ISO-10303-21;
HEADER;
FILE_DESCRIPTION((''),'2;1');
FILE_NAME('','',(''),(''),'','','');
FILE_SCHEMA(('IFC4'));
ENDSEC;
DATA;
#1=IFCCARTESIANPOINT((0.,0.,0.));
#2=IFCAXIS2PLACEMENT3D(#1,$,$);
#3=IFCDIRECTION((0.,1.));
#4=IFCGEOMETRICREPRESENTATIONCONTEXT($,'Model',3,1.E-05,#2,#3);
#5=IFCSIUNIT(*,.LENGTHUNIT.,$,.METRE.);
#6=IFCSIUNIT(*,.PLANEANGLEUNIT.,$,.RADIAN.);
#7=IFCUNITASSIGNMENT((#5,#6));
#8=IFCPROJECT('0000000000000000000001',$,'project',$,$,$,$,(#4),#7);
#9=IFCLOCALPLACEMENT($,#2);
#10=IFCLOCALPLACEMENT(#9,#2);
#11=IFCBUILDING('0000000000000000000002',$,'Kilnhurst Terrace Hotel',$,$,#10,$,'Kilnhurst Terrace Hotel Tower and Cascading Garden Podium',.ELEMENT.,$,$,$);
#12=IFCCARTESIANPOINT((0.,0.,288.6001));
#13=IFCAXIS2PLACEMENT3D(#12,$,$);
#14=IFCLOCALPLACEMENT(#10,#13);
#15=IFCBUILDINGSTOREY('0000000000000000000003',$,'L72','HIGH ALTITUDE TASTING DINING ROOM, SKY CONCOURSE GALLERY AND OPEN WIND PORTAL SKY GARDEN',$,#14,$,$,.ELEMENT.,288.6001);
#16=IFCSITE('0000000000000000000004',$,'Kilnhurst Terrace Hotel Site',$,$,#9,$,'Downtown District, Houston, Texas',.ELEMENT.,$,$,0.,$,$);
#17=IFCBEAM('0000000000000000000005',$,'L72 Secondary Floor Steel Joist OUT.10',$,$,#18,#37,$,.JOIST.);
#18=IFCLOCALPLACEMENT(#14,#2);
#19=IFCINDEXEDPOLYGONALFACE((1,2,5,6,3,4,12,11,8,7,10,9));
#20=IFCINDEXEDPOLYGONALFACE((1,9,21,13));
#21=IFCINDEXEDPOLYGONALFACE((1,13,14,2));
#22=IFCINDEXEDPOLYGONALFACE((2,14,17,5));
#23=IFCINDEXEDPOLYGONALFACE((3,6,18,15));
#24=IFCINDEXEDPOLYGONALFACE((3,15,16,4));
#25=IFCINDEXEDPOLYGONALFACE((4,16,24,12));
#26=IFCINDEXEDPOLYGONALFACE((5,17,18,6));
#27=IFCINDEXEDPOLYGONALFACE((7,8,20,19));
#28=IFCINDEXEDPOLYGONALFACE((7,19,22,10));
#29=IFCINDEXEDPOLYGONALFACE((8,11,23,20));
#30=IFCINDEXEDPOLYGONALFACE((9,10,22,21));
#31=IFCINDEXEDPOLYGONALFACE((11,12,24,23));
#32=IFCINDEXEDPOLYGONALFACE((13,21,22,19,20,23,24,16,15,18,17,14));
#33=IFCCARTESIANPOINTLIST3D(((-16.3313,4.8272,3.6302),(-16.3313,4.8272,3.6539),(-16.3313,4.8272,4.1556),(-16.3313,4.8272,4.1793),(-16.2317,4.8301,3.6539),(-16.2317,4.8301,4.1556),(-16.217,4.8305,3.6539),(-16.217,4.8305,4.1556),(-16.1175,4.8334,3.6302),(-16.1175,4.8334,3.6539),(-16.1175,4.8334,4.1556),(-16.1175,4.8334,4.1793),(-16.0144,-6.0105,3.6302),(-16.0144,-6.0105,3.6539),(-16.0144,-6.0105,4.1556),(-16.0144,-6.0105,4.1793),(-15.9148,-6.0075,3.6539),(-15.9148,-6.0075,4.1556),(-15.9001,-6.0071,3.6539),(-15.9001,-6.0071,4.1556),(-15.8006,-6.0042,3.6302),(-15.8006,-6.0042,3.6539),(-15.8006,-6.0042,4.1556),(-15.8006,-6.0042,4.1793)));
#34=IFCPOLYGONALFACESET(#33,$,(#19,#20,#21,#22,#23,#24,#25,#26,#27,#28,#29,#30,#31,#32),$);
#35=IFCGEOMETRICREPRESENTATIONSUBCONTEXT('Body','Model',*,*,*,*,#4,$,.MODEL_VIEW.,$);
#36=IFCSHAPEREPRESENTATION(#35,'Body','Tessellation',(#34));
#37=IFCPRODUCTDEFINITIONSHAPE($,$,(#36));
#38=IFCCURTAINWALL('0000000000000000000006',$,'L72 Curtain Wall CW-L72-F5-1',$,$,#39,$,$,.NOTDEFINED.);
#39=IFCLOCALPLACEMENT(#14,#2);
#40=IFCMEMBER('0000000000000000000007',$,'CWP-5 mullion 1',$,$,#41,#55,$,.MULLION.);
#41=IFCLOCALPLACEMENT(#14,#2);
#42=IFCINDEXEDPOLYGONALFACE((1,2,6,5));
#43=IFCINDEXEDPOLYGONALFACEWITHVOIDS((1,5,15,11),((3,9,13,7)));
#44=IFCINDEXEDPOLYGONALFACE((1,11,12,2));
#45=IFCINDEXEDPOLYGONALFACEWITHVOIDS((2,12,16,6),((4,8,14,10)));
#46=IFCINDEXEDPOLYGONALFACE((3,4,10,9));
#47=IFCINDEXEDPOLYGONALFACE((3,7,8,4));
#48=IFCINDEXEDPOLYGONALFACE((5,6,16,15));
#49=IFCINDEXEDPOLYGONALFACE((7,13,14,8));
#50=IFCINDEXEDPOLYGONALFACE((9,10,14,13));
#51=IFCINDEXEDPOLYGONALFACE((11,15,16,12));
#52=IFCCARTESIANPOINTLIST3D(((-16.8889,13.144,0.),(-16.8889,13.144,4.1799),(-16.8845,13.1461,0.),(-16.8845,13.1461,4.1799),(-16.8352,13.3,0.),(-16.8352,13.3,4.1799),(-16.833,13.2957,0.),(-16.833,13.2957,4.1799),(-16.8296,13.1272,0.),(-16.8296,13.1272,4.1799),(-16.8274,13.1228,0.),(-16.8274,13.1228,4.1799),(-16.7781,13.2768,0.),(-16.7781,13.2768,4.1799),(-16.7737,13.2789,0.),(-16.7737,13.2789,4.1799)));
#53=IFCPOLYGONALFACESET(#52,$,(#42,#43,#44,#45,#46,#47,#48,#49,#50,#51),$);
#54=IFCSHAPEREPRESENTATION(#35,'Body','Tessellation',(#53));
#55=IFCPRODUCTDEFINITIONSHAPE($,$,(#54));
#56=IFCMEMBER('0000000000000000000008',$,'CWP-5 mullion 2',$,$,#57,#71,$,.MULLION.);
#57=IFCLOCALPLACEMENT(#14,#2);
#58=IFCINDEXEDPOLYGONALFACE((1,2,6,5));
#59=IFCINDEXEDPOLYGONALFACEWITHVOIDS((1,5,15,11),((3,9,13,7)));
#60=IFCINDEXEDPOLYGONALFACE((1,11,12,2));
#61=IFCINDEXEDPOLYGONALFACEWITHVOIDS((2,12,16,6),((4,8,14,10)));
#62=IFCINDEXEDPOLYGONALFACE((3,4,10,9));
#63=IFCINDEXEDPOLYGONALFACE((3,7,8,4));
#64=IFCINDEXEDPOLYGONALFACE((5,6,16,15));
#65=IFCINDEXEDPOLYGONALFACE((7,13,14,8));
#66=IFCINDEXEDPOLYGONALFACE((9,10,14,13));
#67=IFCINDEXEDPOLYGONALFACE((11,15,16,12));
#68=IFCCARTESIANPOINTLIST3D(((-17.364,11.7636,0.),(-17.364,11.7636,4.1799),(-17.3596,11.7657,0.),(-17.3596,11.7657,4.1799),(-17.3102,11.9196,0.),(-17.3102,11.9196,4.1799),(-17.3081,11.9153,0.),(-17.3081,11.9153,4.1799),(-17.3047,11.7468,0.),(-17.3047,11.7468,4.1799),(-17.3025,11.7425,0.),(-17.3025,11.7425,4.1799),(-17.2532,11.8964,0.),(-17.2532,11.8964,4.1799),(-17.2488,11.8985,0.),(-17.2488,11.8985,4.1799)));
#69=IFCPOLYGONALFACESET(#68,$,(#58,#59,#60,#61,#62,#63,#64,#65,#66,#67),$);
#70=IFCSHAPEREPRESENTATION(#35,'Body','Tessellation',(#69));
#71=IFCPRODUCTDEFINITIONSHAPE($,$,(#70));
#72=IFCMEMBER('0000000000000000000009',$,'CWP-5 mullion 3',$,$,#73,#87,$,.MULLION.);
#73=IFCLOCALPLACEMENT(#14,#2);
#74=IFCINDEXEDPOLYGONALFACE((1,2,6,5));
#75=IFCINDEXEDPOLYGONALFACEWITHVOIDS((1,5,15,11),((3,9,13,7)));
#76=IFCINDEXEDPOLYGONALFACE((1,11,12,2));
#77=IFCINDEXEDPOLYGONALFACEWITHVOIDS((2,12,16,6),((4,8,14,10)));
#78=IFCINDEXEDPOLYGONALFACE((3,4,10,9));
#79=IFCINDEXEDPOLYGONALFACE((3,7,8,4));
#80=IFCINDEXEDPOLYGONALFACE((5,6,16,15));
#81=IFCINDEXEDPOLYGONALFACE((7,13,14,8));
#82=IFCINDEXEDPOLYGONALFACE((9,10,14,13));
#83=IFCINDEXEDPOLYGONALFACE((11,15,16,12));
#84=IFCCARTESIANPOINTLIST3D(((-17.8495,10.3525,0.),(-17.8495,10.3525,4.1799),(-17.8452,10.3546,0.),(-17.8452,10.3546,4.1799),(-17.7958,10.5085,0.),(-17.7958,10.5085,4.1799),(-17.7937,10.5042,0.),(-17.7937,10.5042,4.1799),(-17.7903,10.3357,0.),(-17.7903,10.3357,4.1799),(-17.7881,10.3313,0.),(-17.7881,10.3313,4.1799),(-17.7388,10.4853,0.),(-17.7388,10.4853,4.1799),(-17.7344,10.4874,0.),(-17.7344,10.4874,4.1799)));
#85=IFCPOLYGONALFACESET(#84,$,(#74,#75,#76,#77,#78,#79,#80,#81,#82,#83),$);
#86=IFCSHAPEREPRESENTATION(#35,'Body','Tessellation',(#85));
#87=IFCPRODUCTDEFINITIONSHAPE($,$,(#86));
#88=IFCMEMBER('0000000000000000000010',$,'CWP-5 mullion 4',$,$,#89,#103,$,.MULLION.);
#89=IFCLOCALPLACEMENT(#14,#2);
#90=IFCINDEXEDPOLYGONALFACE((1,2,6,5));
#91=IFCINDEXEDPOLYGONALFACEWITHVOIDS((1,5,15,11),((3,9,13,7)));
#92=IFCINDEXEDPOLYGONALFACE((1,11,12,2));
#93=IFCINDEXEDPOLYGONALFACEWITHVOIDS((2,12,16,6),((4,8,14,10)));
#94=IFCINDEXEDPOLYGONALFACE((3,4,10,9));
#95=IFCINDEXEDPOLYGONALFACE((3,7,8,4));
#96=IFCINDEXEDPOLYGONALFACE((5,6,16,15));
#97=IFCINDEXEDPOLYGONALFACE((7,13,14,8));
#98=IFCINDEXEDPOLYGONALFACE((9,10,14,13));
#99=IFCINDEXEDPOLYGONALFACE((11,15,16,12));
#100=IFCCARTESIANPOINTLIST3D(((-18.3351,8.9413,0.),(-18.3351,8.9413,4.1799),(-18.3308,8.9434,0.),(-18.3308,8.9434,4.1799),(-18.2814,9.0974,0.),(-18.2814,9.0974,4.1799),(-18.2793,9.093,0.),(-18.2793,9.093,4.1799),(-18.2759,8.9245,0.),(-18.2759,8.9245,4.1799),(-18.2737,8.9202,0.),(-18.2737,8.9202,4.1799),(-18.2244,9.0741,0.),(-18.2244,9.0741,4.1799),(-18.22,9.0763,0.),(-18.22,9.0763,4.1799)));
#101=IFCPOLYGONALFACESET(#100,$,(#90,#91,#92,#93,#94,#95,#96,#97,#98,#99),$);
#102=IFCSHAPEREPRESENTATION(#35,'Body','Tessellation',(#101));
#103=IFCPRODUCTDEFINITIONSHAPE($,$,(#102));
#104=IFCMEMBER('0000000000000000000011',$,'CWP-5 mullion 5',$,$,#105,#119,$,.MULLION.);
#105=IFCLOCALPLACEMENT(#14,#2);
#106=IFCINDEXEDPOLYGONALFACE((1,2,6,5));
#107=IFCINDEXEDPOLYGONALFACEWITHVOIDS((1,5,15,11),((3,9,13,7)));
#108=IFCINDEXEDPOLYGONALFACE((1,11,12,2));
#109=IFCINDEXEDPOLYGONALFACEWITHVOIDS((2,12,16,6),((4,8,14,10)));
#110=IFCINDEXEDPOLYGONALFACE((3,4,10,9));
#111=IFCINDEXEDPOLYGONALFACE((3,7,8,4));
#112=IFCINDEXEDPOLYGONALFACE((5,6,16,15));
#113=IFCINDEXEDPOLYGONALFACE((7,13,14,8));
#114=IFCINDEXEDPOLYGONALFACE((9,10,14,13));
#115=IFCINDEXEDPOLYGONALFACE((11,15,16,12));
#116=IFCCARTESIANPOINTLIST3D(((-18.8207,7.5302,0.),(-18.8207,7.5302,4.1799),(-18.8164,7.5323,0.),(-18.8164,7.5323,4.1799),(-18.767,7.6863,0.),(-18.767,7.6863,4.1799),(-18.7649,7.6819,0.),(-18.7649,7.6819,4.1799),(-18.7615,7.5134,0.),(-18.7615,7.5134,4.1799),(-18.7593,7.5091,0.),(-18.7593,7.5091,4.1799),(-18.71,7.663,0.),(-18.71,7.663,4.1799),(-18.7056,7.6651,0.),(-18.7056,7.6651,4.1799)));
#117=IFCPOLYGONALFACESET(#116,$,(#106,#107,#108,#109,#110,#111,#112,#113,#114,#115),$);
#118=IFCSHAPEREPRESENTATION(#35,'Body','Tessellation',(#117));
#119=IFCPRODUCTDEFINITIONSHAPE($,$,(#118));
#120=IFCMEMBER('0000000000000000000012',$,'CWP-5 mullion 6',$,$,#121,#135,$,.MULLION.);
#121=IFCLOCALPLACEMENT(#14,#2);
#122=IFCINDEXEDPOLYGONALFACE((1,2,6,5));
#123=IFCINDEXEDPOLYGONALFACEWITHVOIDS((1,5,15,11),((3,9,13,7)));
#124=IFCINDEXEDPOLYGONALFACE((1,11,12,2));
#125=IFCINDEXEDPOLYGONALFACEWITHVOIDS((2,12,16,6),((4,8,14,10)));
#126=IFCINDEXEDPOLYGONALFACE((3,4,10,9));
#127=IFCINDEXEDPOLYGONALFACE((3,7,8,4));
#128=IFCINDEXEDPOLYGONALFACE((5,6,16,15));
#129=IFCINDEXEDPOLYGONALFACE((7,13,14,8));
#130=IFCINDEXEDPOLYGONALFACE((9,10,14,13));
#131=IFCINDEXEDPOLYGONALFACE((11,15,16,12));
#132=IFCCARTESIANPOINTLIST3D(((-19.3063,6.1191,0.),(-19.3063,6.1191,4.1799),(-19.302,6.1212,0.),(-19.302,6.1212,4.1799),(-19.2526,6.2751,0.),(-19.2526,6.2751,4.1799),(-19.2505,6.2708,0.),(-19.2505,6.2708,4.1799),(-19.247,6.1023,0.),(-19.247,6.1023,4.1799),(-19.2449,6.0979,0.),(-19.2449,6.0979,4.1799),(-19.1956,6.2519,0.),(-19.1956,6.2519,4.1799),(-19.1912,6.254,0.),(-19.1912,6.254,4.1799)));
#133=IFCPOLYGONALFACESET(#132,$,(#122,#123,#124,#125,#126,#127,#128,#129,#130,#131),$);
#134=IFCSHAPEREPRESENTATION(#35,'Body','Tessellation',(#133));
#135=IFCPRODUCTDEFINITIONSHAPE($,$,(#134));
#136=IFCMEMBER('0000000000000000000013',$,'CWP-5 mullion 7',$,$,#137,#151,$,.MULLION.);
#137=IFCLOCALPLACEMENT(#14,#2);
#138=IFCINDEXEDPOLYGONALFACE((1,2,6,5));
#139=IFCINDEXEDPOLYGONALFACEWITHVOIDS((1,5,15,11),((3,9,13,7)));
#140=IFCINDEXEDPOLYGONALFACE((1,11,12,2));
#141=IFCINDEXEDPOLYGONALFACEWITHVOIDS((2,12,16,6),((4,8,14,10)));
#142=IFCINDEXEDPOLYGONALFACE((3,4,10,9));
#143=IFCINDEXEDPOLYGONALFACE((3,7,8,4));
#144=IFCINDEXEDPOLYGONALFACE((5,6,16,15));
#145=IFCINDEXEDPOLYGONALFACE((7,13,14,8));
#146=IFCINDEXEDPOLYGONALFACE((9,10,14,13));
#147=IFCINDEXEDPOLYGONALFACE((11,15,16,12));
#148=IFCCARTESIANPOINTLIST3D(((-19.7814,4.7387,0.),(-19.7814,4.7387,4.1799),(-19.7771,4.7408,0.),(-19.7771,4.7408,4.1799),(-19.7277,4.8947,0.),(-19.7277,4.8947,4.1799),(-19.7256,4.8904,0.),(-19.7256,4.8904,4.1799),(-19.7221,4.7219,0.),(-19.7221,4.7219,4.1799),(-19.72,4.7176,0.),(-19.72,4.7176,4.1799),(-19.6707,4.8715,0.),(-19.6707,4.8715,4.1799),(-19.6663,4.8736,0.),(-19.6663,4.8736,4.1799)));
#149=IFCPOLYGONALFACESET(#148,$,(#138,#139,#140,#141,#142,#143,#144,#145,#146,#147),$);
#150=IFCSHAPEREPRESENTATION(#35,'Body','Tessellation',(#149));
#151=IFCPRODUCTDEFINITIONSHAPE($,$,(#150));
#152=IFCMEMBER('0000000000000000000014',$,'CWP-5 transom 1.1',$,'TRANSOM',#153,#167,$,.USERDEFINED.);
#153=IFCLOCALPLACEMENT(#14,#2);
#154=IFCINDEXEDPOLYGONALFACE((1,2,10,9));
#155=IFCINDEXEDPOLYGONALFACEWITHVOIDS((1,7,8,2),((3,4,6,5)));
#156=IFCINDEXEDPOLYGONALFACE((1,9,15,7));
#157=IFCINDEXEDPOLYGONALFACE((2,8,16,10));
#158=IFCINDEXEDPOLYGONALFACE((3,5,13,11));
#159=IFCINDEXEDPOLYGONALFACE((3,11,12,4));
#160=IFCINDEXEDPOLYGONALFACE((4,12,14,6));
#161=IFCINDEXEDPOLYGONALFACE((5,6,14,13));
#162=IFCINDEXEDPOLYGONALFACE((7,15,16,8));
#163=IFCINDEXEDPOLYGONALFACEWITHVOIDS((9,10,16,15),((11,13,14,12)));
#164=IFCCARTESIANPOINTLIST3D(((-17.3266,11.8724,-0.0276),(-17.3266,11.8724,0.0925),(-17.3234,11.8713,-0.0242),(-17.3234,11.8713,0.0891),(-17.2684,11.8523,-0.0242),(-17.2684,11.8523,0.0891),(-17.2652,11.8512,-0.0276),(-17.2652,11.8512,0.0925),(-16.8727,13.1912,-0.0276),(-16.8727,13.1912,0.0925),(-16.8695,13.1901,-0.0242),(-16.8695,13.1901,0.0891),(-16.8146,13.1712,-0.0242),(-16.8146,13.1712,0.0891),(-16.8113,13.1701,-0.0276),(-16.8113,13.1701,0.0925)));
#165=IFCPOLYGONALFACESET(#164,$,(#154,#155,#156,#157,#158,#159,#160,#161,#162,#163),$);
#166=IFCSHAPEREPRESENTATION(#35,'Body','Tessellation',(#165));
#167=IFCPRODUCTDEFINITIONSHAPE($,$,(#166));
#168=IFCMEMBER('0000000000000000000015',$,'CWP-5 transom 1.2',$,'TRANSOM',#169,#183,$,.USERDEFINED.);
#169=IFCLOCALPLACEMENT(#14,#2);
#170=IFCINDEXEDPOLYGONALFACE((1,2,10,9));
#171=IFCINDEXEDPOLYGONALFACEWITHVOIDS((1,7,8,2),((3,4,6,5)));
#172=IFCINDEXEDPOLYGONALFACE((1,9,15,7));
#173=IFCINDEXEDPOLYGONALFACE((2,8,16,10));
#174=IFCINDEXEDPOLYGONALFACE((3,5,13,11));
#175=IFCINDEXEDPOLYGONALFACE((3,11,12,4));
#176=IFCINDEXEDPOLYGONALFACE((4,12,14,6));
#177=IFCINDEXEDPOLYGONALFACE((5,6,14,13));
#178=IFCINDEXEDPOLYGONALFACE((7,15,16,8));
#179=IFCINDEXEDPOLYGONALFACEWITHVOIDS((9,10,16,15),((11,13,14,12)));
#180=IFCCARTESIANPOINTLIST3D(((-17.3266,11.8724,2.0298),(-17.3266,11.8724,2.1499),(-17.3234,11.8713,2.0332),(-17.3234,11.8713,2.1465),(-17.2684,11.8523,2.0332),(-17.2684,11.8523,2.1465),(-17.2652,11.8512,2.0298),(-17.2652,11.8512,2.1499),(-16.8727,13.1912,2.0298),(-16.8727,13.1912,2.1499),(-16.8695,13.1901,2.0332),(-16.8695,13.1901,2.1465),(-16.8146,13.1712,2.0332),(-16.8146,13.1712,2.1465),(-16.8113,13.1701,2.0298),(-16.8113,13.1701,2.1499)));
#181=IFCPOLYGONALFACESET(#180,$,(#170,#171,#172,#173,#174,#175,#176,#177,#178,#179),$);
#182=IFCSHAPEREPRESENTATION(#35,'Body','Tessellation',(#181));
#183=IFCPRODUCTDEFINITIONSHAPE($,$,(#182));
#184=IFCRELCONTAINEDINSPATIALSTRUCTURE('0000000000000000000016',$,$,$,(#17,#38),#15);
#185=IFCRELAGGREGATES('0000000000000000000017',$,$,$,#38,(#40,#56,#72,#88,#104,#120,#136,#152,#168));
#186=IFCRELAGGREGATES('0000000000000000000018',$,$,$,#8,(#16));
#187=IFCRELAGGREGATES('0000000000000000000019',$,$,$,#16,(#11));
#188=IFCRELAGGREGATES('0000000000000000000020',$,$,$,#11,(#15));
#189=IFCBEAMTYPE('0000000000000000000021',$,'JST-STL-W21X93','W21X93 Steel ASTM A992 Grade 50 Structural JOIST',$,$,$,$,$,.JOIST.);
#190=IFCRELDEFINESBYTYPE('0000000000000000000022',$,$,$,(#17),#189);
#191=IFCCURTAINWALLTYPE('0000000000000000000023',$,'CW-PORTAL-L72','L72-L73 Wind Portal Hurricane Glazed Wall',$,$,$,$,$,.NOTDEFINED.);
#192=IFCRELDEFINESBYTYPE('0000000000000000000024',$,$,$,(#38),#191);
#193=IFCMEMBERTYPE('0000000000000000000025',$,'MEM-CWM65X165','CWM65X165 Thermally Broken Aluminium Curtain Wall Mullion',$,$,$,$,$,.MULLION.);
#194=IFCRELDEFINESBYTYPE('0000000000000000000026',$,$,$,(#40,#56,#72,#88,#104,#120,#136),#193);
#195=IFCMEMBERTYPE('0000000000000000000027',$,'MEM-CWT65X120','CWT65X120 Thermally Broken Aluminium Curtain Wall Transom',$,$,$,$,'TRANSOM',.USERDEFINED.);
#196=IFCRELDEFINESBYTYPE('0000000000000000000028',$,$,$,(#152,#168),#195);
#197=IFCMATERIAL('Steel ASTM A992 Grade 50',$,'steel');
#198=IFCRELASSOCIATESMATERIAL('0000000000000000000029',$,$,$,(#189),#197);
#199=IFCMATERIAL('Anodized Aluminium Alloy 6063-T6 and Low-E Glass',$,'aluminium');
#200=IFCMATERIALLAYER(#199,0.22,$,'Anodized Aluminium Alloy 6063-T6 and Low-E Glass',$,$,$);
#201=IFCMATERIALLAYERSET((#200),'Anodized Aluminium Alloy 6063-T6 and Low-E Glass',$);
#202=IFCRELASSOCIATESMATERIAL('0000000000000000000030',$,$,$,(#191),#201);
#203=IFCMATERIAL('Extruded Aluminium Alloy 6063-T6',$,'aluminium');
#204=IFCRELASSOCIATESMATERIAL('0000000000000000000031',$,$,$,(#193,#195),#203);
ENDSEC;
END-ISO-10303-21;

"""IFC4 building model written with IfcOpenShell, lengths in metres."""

from ifc_helpers import new_model, si_unit, direction, frame, origin, origin_2d, place, context, subcontext, project, spatial, hollow_rectangle, i_section, extrude, material, layer, layer_set, material_profile, profile_set, type_object, element, aggregate, save


model = new_model("IFC4")

# Units and contexts
model_context = context("Model", 3, precision=1e-05, world=origin(), true_north=direction((0.0, 1.0)))
body_context = subcontext(model_context, "Body", "Model", "MODEL_VIEW")
ifc_project = project(units=[si_unit("LENGTHUNIT", "METRE"), si_unit("PLANEANGLEUNIT", "RADIAN")], contexts=[model_context])

# Site, building, storey
site_placement = place(None, origin())
site = spatial("IfcSite", under=ifc_project, at=site_placement, Name="Kilnhurst Terrace Hotel Site", LongName="Downtown District, Houston, Texas", CompositionType="ELEMENT", RefElevation=0.0)
building_placement = place(site_placement, origin())
building = spatial("IfcBuilding", under=site, at=building_placement, Name="Kilnhurst Terrace Hotel", LongName="Kilnhurst Terrace Hotel Tower and Cascading Garden Podium", CompositionType="ELEMENT")
storey_placement = place(building_placement, frame((0.0, 0.0, 288.6001)))
storey = spatial("IfcBuildingStorey", under=building, at=storey_placement, Name="L72", Description="HIGH ALTITUDE TASTING DINING ROOM, SKY CONCOURSE GALLERY AND OPEN WIND PORTAL SKY GARDEN", CompositionType="ELEMENT", Elevation=288.6001)

# Beam
ifc_material_1 = material(Name="Steel ASTM A992 Grade 50", Category="steel")
ifc_material_profile_1 = material_profile(ifc_material_1, i_section(OverallWidth=0.2139, OverallDepth=0.5491, WebThickness=0.0146, FlangeThickness=0.0237, at=origin_2d()), Name="W21X93")
ifc_profile_set_1 = profile_set([ifc_material_profile_1], Name="Steel ASTM A992 Grade 50")
beam_type = type_object("IfcBeamType", Name="JST-STL-W21X93", Description="W21X93 Steel ASTM A992 Grade 50 Structural JOIST", PredefinedType="JOIST", material=ifc_profile_set_1)
beam_placement = place(storey_placement, frame((-16.2244, 4.8303, 3.9048), z_axis=(0.029228, -0.999573, 0.0), x_axis=(0.999573, 0.029228, 0.0)))
element("IfcBeam", 1, at=beam_placement, inside=storey, type_object=beam_type, Name="L72 Secondary Floor Steel Joist OUT.10", PredefinedType="JOIST", context=body_context, shape_type="SweptSolid", body=[
    extrude(i_section(OverallWidth=0.2139, OverallDepth=0.5491, WebThickness=0.0146, FlangeThickness=0.0237, at=origin_2d()), origin(), (0.0, 0.0, 1.0), 10.8423),
])

# Curtain wall, members
ifc_material_2 = material(Name="Anodized Aluminium Alloy 6063-T6 and Low-E Glass", Category="aluminium")
ifc_layer_1 = layer(ifc_material_2, 0.22, Name="Anodized Aluminium Alloy 6063-T6 and Low-E Glass")
ifc_layer_set_1 = layer_set([ifc_layer_1], Name="Anodized Aluminium Alloy 6063-T6 and Low-E Glass")
curtain_wall_type = type_object("IfcCurtainWallType", Name="CW-PORTAL-L72", Description="L72-L73 Wind Portal Hurricane Glazed Wall", PredefinedType="NOTDEFINED", material=ifc_layer_set_1)
curtain_wall_placement = place(storey_placement, origin())
curtain_wall = element("IfcCurtainWall", 2, at=curtain_wall_placement, inside=storey, type_object=curtain_wall_type, Name="L72 Curtain Wall CW-L72-F5-1", PredefinedType="NOTDEFINED")
ifc_material_3 = material(Name="Extruded Aluminium Alloy 6063-T6", Category="aluminium")
ifc_material_profile_2 = material_profile(ifc_material_3, hollow_rectangle(XDim=0.0649, YDim=0.165, WallThickness=0.0034, at=origin_2d()), Name="CWM65X165")
ifc_profile_set_2 = profile_set([ifc_material_profile_2], Name="Extruded Aluminium Alloy 6063-T6")
member_type_1 = type_object("IfcMemberType", Name="MEM-CWM65X165", Description="CWM65X165 Thermally Broken Aluminium Curtain Wall Mullion", PredefinedType="MULLION", material=ifc_profile_set_2)
member_1_placement = place(storey_placement, frame((-16.8313, 13.2114, 0.0), z_axis=(0.0, 0.0, 1.0), x_axis=(0.945578, -0.325397, 0.0)))
member_1 = element("IfcMember", 3, at=member_1_placement, type_object=member_type_1, Name="CWP-5 mullion 1", PredefinedType="MULLION", context=body_context, shape_type="SweptSolid", body=[
    extrude(hollow_rectangle(XDim=0.0649, YDim=0.165, WallThickness=0.0034, at=origin_2d()), origin(), (0.0, 0.0, 1.0), 4.1799),
])
member_2_placement = place(storey_placement, frame((-17.3064, 11.8311, 0.0), z_axis=(0.0, 0.0, 1.0), x_axis=(0.945578, -0.325397, 0.0)))
member_2 = element("IfcMember", 4, at=member_2_placement, type_object=member_type_1, Name="CWP-5 mullion 2", PredefinedType="MULLION", context=body_context, shape_type="SweptSolid", body=[
    extrude(hollow_rectangle(XDim=0.0649, YDim=0.165, WallThickness=0.0034, at=origin_2d()), origin(), (0.0, 0.0, 1.0), 4.1799),
])
member_3_placement = place(storey_placement, frame((-17.792, 10.4199, 0.0), z_axis=(0.0, 0.0, 1.0), x_axis=(0.945578, -0.325397, 0.0)))
member_3 = element("IfcMember", 5, at=member_3_placement, type_object=member_type_1, Name="CWP-5 mullion 3", PredefinedType="MULLION", context=body_context, shape_type="SweptSolid", body=[
    extrude(hollow_rectangle(XDim=0.0649, YDim=0.165, WallThickness=0.0034, at=origin_2d()), origin(), (0.0, 0.0, 1.0), 4.1799),
])
member_4_placement = place(storey_placement, frame((-18.2776, 9.0088, 0.0), z_axis=(0.0, 0.0, 1.0), x_axis=(0.945578, -0.325397, 0.0)))
member_4 = element("IfcMember", 6, at=member_4_placement, type_object=member_type_1, Name="CWP-5 mullion 4", PredefinedType="MULLION", context=body_context, shape_type="SweptSolid", body=[
    extrude(hollow_rectangle(XDim=0.0649, YDim=0.165, WallThickness=0.0034, at=origin_2d()), origin(), (0.0, 0.0, 1.0), 4.1799),
])
member_5_placement = place(storey_placement, frame((-18.7632, 7.5977, 0.0), z_axis=(0.0, 0.0, 1.0), x_axis=(0.945578, -0.325397, 0.0)))
member_5 = element("IfcMember", 7, at=member_5_placement, type_object=member_type_1, Name="CWP-5 mullion 5", PredefinedType="MULLION", context=body_context, shape_type="SweptSolid", body=[
    extrude(hollow_rectangle(XDim=0.0649, YDim=0.165, WallThickness=0.0034, at=origin_2d()), origin(), (0.0, 0.0, 1.0), 4.1799),
])
member_6_placement = place(storey_placement, frame((-19.2488, 6.1865, 0.0), z_axis=(0.0, 0.0, 1.0), x_axis=(0.945578, -0.325397, 0.0)))
member_6 = element("IfcMember", 8, at=member_6_placement, type_object=member_type_1, Name="CWP-5 mullion 6", PredefinedType="MULLION", context=body_context, shape_type="SweptSolid", body=[
    extrude(hollow_rectangle(XDim=0.0649, YDim=0.165, WallThickness=0.0034, at=origin_2d()), origin(), (0.0, 0.0, 1.0), 4.1799),
])
member_7_placement = place(storey_placement, frame((-19.7239, 4.8062, 0.0), z_axis=(0.0, 0.0, 1.0), x_axis=(0.945578, -0.325397, 0.0)))
member_7 = element("IfcMember", 9, at=member_7_placement, type_object=member_type_1, Name="CWP-5 mullion 7", PredefinedType="MULLION", context=body_context, shape_type="SweptSolid", body=[
    extrude(hollow_rectangle(XDim=0.0649, YDim=0.165, WallThickness=0.0034, at=origin_2d()), origin(), (0.0, 0.0, 1.0), 4.1799),
])
ifc_material_profile_3 = material_profile(ifc_material_3, hollow_rectangle(XDim=0.0649, YDim=0.1201, WallThickness=0.0034, at=origin_2d()), Name="CWT65X120")
ifc_profile_set_3 = profile_set([ifc_material_profile_3], Name="Extruded Aluminium Alloy 6063-T6")
member_type_2 = type_object("IfcMemberType", Name="MEM-CWT65X120", Description="CWT65X120 Thermally Broken Aluminium Curtain Wall Transom", ElementType="TRANSOM", PredefinedType="USERDEFINED", material=ifc_profile_set_3)
member_8_placement = place(storey_placement, frame((-16.842, 13.1807, 0.0325), z_axis=(-0.325403, -0.945576, 0.0), x_axis=(0.945576, -0.325403, 0.0)))
member_8 = element("IfcMember", 10, at=member_8_placement, type_object=member_type_2, Name="CWP-5 transom 1.1", ObjectType="TRANSOM", PredefinedType="USERDEFINED", context=body_context, shape_type="SweptSolid", body=[
    extrude(hollow_rectangle(XDim=0.0649, YDim=0.1201, WallThickness=0.0034, at=origin_2d()), origin(), (0.0, 0.0, 1.0), 1.3948),
])
member_9_placement = place(storey_placement, frame((-16.842, 13.1807, 2.0898), z_axis=(-0.325403, -0.945576, 0.0), x_axis=(0.945576, -0.325403, 0.0)))
member_9 = element("IfcMember", 11, at=member_9_placement, type_object=member_type_2, Name="CWP-5 transom 1.2", ObjectType="TRANSOM", PredefinedType="USERDEFINED", context=body_context, shape_type="SweptSolid", body=[
    extrude(hollow_rectangle(XDim=0.0649, YDim=0.1201, WallThickness=0.0034, at=origin_2d()), origin(), (0.0, 0.0, 1.0), 1.3948),
])
aggregate(curtain_wall, [member_1, member_2, member_3, member_4, member_5, member_6, member_7, member_8, member_9])

save(model, "model.ifc")
